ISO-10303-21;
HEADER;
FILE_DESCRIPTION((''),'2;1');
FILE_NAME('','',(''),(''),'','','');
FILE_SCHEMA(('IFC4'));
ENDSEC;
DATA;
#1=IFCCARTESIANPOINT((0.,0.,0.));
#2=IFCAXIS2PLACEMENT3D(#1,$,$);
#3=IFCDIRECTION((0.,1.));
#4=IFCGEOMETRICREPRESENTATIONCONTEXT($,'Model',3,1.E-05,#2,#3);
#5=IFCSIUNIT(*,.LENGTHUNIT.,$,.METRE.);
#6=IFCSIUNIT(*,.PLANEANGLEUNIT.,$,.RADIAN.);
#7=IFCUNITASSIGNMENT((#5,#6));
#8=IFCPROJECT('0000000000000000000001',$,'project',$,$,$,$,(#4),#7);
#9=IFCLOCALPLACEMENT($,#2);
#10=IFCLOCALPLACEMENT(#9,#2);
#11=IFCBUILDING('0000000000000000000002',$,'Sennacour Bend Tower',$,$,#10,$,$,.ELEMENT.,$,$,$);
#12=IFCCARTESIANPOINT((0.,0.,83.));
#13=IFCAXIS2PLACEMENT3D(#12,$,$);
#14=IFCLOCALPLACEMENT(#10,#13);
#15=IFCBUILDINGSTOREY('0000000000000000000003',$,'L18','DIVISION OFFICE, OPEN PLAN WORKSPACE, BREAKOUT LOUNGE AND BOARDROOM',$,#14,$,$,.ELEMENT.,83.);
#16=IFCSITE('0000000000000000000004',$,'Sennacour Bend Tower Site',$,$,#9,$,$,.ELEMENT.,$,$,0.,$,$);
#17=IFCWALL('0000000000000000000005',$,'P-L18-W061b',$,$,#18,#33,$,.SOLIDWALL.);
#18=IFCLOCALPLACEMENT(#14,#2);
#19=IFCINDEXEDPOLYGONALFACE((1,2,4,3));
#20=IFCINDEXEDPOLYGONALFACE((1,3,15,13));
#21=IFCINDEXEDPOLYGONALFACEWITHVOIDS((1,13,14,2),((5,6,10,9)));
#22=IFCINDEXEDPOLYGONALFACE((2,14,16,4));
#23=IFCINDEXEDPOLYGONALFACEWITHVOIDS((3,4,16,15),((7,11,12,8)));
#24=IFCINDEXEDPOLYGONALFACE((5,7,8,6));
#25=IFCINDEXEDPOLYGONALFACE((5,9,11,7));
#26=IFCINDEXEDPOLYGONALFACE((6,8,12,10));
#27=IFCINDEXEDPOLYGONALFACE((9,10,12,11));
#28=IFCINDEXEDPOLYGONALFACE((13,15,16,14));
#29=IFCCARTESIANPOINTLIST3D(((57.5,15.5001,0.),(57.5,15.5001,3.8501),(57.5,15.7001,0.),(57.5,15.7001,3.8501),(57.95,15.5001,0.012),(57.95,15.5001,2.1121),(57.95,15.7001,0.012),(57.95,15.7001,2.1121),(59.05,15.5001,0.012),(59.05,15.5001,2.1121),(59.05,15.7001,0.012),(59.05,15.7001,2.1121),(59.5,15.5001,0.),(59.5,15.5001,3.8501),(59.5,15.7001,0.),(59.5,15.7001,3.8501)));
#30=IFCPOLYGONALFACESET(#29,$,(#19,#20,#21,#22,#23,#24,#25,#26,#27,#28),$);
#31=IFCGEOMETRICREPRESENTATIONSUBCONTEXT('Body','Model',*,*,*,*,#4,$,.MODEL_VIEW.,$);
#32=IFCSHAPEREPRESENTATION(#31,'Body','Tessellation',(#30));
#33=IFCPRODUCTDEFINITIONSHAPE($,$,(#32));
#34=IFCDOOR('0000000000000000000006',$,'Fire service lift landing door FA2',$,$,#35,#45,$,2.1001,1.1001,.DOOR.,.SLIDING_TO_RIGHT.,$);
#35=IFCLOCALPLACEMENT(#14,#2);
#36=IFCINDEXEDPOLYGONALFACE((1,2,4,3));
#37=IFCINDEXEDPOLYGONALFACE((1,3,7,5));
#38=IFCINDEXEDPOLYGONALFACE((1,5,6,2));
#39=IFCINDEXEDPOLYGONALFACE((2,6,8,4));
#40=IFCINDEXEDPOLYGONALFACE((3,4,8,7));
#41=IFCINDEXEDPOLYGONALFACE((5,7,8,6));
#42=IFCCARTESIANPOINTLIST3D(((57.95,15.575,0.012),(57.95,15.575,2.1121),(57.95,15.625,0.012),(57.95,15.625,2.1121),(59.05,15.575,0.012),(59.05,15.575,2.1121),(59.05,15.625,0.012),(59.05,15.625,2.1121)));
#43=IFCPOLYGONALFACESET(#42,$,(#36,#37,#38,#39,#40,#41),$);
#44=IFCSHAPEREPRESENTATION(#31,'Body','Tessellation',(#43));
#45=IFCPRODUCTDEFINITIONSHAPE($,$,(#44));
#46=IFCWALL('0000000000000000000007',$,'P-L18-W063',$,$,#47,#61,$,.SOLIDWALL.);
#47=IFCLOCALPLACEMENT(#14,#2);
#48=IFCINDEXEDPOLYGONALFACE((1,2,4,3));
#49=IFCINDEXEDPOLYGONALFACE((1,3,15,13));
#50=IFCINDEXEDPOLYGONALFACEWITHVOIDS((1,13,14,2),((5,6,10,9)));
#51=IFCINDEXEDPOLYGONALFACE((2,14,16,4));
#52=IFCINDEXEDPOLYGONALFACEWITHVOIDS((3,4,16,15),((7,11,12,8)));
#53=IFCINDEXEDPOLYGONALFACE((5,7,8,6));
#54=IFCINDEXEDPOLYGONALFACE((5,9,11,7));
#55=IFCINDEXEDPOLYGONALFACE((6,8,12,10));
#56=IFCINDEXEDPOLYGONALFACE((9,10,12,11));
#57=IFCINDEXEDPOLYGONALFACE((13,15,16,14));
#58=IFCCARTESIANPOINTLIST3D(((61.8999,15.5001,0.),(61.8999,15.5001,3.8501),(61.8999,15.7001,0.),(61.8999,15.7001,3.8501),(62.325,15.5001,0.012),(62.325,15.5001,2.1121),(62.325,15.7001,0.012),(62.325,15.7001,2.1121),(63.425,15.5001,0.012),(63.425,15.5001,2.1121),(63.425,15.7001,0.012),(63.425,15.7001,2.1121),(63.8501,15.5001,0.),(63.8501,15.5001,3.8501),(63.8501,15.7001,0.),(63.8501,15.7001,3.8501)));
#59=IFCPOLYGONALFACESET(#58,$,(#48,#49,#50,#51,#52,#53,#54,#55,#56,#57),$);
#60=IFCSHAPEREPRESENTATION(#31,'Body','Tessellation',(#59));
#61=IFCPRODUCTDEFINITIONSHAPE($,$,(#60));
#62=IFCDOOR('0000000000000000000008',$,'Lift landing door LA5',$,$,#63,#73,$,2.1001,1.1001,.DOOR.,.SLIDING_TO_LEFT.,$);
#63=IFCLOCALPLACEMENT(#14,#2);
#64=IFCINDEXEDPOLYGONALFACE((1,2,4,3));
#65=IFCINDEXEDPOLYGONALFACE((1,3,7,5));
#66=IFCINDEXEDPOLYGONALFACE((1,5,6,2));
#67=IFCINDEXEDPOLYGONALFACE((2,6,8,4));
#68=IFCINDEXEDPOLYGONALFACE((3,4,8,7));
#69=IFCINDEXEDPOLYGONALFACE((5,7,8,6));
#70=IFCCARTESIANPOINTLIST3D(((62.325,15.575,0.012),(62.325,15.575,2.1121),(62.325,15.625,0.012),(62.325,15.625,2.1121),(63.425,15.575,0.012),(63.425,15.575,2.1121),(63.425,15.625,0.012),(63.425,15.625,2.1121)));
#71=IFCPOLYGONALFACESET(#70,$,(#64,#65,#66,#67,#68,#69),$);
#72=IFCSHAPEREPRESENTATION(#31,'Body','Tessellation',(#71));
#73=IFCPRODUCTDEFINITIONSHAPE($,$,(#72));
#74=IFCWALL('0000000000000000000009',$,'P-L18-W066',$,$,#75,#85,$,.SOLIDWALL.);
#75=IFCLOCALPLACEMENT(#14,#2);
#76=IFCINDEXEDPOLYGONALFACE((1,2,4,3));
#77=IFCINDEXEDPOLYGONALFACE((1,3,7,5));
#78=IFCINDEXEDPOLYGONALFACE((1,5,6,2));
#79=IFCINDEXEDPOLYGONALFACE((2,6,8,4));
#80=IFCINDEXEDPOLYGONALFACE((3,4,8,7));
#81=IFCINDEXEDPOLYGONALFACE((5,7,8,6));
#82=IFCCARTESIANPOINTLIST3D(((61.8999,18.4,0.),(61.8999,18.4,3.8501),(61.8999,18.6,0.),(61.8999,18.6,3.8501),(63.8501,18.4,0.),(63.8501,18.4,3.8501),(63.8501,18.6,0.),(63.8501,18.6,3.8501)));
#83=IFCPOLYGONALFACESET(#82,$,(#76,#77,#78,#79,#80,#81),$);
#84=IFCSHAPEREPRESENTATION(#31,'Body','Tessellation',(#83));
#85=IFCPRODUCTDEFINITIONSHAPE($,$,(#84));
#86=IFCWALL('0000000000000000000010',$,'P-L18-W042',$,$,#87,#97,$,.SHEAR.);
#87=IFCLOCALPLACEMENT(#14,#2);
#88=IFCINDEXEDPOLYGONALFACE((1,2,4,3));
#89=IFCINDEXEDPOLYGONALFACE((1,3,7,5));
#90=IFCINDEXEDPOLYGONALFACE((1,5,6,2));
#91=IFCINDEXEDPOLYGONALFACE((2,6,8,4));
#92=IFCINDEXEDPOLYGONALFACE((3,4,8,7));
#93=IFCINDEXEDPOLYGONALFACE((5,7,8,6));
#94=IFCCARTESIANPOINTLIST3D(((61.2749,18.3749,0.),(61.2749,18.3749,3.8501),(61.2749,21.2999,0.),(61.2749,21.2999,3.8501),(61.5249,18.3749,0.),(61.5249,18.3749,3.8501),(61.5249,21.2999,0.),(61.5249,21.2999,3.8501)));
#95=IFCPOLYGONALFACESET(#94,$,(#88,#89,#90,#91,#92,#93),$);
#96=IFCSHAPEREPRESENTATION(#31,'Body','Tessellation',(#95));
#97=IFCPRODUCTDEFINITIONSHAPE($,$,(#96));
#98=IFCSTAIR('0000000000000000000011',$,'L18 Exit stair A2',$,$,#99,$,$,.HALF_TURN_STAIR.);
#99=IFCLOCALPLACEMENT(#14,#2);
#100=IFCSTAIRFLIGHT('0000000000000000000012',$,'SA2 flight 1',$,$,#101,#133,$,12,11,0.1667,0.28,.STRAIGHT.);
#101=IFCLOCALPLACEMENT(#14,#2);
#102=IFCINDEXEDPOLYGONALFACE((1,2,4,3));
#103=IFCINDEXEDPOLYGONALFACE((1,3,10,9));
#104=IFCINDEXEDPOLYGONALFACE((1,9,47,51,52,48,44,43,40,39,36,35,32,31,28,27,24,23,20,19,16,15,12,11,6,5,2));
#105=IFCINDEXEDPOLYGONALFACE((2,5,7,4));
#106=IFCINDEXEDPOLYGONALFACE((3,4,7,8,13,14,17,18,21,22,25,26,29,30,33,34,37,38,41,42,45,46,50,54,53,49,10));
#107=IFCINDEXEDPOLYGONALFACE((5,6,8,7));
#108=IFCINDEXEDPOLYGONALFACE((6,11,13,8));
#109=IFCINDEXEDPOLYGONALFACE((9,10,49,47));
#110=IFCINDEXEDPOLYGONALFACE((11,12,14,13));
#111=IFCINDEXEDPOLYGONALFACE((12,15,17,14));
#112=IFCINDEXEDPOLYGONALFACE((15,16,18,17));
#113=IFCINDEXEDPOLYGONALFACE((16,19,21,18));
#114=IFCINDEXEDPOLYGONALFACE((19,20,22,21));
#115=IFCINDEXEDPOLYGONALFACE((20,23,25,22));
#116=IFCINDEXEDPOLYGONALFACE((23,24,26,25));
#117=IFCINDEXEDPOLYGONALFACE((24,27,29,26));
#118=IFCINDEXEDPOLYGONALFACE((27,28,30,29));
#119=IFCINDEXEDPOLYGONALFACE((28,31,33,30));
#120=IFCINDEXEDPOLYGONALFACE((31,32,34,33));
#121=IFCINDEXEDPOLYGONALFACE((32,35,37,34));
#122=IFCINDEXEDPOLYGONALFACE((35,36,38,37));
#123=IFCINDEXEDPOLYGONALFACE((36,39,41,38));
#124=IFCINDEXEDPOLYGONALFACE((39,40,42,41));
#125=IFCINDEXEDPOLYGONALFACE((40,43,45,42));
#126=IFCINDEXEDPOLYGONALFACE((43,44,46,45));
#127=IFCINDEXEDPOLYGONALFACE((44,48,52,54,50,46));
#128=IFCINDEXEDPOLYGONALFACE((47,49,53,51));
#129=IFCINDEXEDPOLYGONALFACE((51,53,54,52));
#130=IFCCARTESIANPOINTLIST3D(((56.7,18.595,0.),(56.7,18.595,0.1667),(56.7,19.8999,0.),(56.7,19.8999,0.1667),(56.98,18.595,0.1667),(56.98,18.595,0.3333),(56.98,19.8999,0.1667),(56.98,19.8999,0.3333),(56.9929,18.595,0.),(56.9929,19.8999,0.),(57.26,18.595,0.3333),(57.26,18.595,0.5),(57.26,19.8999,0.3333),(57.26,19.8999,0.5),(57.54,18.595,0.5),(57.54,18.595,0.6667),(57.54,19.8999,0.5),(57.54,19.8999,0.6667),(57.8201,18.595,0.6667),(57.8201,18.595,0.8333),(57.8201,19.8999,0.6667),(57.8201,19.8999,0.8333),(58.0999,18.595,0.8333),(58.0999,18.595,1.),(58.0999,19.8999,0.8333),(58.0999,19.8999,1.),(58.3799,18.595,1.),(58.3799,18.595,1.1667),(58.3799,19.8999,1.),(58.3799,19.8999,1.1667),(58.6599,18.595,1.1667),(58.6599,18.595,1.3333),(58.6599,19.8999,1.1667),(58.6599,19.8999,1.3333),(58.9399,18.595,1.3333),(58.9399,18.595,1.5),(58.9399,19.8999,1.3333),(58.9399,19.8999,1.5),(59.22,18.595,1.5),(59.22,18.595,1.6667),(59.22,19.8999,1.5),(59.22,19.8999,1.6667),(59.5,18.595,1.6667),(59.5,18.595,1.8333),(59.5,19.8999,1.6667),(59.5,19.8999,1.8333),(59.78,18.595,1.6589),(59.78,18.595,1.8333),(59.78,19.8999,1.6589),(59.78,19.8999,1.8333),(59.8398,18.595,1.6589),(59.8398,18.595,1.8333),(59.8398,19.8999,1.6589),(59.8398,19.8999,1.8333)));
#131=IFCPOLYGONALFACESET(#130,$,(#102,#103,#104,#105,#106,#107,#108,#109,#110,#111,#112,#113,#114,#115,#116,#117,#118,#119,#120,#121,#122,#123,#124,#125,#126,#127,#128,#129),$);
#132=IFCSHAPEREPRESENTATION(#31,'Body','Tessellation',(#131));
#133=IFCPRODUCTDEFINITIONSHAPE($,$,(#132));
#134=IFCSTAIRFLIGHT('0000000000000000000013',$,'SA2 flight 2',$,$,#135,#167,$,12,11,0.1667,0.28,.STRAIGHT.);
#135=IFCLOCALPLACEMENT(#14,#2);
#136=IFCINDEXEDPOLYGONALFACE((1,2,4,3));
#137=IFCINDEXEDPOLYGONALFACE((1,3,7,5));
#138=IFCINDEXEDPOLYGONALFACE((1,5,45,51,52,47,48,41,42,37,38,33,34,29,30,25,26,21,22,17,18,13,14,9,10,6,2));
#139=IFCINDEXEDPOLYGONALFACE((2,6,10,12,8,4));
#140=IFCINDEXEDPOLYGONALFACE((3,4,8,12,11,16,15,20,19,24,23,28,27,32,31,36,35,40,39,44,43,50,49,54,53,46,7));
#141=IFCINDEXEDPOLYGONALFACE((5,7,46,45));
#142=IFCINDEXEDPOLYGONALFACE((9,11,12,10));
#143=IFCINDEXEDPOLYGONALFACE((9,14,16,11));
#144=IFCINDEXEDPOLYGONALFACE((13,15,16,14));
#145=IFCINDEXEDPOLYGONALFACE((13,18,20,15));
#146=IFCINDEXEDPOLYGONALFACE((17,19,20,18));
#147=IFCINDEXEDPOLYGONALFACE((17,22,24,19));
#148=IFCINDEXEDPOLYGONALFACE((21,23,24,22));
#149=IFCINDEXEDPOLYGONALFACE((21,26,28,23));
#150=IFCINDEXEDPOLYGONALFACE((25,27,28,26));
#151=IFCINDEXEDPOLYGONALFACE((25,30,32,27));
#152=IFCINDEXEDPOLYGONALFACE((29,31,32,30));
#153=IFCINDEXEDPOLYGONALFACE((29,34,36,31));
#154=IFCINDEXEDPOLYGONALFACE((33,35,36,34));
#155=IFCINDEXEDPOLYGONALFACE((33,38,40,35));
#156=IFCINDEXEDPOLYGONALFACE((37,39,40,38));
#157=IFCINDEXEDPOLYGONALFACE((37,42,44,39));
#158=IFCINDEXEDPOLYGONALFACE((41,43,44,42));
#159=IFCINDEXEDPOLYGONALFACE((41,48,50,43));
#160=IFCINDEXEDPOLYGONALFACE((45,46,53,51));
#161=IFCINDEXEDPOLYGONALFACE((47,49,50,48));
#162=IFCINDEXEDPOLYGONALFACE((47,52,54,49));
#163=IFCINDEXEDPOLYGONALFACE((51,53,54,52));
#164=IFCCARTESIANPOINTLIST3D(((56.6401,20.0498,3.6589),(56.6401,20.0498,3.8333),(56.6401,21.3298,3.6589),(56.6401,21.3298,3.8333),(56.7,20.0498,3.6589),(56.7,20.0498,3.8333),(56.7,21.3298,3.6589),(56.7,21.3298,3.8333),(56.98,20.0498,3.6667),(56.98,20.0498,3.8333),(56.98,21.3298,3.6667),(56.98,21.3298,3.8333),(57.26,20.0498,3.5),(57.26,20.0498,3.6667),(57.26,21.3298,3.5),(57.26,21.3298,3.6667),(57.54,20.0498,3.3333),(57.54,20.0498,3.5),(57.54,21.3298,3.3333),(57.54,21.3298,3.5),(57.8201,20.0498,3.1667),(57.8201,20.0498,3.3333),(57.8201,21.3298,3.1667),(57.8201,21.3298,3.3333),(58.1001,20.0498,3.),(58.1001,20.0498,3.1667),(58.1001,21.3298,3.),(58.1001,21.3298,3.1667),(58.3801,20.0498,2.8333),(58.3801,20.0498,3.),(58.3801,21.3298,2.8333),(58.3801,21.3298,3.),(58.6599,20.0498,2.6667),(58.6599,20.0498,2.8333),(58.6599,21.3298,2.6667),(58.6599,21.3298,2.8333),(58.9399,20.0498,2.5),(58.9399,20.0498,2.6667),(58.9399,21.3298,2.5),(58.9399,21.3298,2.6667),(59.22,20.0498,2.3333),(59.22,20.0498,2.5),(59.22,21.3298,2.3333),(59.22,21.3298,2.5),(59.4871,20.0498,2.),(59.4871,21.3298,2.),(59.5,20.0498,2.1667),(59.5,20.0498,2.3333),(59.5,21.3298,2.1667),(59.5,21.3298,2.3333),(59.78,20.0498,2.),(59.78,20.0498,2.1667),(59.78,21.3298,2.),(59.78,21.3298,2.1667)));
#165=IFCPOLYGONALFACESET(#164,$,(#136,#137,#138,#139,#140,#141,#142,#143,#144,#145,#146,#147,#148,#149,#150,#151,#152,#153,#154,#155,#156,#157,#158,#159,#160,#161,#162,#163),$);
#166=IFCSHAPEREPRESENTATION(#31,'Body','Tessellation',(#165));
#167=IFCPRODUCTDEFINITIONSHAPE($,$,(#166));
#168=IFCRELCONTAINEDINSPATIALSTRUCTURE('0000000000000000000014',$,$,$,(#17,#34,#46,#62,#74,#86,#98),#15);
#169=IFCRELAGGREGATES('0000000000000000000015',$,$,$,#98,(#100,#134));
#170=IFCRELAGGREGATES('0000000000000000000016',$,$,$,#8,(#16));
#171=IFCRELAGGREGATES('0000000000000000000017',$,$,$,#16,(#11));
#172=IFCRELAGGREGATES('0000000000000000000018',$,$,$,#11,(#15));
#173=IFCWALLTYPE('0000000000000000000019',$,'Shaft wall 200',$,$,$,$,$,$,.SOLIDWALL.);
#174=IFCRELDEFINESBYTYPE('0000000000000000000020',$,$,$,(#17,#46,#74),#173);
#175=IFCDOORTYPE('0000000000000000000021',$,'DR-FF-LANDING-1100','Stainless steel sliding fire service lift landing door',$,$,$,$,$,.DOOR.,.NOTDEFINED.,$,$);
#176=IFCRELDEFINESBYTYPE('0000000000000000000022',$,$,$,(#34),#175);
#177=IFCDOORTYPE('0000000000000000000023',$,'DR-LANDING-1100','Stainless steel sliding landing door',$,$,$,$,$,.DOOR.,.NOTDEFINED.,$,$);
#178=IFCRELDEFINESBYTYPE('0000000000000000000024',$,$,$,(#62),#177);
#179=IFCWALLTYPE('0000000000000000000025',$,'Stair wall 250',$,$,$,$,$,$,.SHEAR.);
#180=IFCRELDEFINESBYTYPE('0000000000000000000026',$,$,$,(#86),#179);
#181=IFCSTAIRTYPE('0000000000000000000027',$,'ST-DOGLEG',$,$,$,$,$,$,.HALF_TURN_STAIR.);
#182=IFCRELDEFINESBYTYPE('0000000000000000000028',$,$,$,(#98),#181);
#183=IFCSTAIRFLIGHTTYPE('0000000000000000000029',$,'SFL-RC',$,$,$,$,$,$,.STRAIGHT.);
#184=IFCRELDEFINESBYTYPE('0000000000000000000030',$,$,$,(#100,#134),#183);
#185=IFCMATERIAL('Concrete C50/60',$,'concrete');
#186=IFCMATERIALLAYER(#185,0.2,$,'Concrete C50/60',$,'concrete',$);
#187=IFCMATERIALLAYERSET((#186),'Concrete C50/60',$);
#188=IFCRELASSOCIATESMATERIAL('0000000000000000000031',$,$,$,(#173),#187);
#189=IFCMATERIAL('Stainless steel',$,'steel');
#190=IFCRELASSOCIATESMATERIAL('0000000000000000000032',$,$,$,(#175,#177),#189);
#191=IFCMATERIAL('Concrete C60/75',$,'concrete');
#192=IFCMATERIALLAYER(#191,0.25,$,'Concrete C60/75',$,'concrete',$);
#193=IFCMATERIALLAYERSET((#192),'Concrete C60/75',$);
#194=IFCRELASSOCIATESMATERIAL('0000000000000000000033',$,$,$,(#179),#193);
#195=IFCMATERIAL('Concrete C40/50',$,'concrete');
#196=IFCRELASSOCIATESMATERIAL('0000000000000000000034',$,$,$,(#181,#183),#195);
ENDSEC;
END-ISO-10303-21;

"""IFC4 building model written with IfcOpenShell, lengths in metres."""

from ifc_helpers import new_model, si_unit, direction, frame, frame_2d, origin, place, context, subcontext, project, spatial, polyline, rectangle, outline, extrude, material, layer, layer_set, type_object, element, fill, aggregate, save


model = new_model("IFC4")

# Units and contexts
model_context = context("Model", 3, precision=1e-05, world=origin(), true_north=direction((0.0, 1.0)))
body_context = subcontext(model_context, "Body", "Model", "MODEL_VIEW")
ifc_project = project(units=[si_unit("LENGTHUNIT", "METRE"), si_unit("PLANEANGLEUNIT", "RADIAN")], contexts=[model_context])

# Site, building, storey
site_placement = place(None, origin())
site = spatial("IfcSite", under=ifc_project, at=site_placement, Name="Sennacour Bend Tower Site", CompositionType="ELEMENT", RefElevation=0.0)
building_placement = place(site_placement, origin())
building = spatial("IfcBuilding", under=site, at=building_placement, Name="Sennacour Bend Tower", CompositionType="ELEMENT")
storey_placement = place(building_placement, frame((0.0, 0.0, 83.0)))
storey = spatial("IfcBuildingStorey", under=building, at=storey_placement, Name="L18", Description="DIVISION OFFICE, OPEN PLAN WORKSPACE, BREAKOUT LOUNGE AND BOARDROOM", CompositionType="ELEMENT", Elevation=83.0)

# Shared definitions
ifc_material_1 = material(Name="Concrete C50/60", Category="concrete")
ifc_layer_1 = layer(ifc_material_1, 0.2, Name="Concrete C50/60", Category="concrete")
ifc_layer_set_1 = layer_set([ifc_layer_1], Name="Concrete C50/60")
wall_type_1 = type_object("IfcWallType", Name="Shaft wall 200", PredefinedType="SOLIDWALL", material=ifc_layer_set_1)

# Walls, openings, doors
wall_1_placement = place(storey_placement, frame((57.5, 15.6001, 0.0), z_axis=(0.0, 0.0, 1.0), x_axis=(1.0, 0.0, 0.0)))
wall_1 = element("IfcWall", 1, at=wall_1_placement, inside=storey, type_object=wall_type_1, Name="P-L18-W061b", PredefinedType="SOLIDWALL", context=body_context, shape_type="SweptSolid", body=[
    extrude(rectangle(XDim=2.0, YDim=0.2, at=frame_2d((1.0, 0.0))), origin(), (0.0, 0.0, 1.0), 3.8501),
])
opening_1_placement = place(wall_1_placement, frame((0.45, 0.0, 0.012)))
opening_1 = element("IfcOpeningElement", 2, at=opening_1_placement, cuts=wall_1, PredefinedType="OPENING", context=body_context, shape_type="SweptSolid", body=[
    extrude(rectangle(XDim=1.1001, YDim=2.1001, at=frame_2d((0.55, 1.05))), frame((0.0, 0.1099, 0.0), z_axis=(0.0, -1.0, 0.0), x_axis=(1.0, 0.0, 0.0)), (0.0, 0.0, 1.0), 0.22),
])
ifc_material_2 = material(Name="Stainless steel", Category="steel")
door_type_1 = type_object("IfcDoorType", Name="DR-FF-LANDING-1100", Description="Stainless steel sliding fire service lift landing door", OperationType="NOTDEFINED", PredefinedType="DOOR", material=ifc_material_2)
door_1_placement = place(opening_1_placement, origin())
door_1 = element("IfcDoor", 3, at=door_1_placement, inside=storey, type_object=door_type_1, Name="Fire service lift landing door FA2", OperationType="SLIDING_TO_RIGHT", OverallHeight=2.1001, OverallWidth=1.1001, PredefinedType="DOOR", context=body_context, shape_type="SweptSolid", body=[
    extrude(rectangle(XDim=1.1001, YDim=2.1001, at=frame_2d((0.55, 1.05))), frame((0.0, 0.0249, 0.0), z_axis=(0.0, -1.0, 0.0), x_axis=(1.0, 0.0, 0.0)), (0.0, 0.0, 1.0), 0.05),
])
fill(opening_1, door_1)
wall_2_placement = place(storey_placement, frame((61.8999, 15.6001, 0.0), z_axis=(0.0, 0.0, 1.0), x_axis=(1.0, 0.0, 0.0)))
wall_2 = element("IfcWall", 4, at=wall_2_placement, inside=storey, type_object=wall_type_1, Name="P-L18-W063", PredefinedType="SOLIDWALL", context=body_context, shape_type="SweptSolid", body=[
    extrude(rectangle(XDim=1.9502, YDim=0.2, at=frame_2d((0.9751, 0.0))), origin(), (0.0, 0.0, 1.0), 3.8501),
])
opening_2_placement = place(wall_2_placement, frame((0.425, 0.0, 0.012)))
opening_2 = element("IfcOpeningElement", 5, at=opening_2_placement, cuts=wall_2, PredefinedType="OPENING", context=body_context, shape_type="SweptSolid", body=[
    extrude(rectangle(XDim=1.1001, YDim=2.1001, at=frame_2d((0.55, 1.05))), frame((0.0, 0.1099, 0.0), z_axis=(0.0, -1.0, 0.0), x_axis=(1.0, 0.0, 0.0)), (0.0, 0.0, 1.0), 0.22),
])
door_type_2 = type_object("IfcDoorType", Name="DR-LANDING-1100", Description="Stainless steel sliding landing door", OperationType="NOTDEFINED", PredefinedType="DOOR", material=ifc_material_2)
door_2_placement = place(opening_2_placement, origin())
door_2 = element("IfcDoor", 6, at=door_2_placement, inside=storey, type_object=door_type_2, Name="Lift landing door LA5", OperationType="SLIDING_TO_LEFT", OverallHeight=2.1001, OverallWidth=1.1001, PredefinedType="DOOR", context=body_context, shape_type="SweptSolid", body=[
    extrude(rectangle(XDim=1.1001, YDim=2.1001, at=frame_2d((0.55, 1.05))), frame((0.0, 0.0249, 0.0), z_axis=(0.0, -1.0, 0.0), x_axis=(1.0, 0.0, 0.0)), (0.0, 0.0, 1.0), 0.05),
])
fill(opening_2, door_2)

# Walls
wall_3_placement = place(storey_placement, frame((61.8999, 18.5, 0.0), z_axis=(0.0, 0.0, 1.0), x_axis=(1.0, 0.0, 0.0)))
element("IfcWall", 7, at=wall_3_placement, inside=storey, type_object=wall_type_1, Name="P-L18-W066", PredefinedType="SOLIDWALL", context=body_context, shape_type="SweptSolid", body=[
    extrude(rectangle(XDim=1.9502, YDim=0.2, at=frame_2d((0.9751, 0.0))), origin(), (0.0, 0.0, 1.0), 3.8501),
])
ifc_material_3 = material(Name="Concrete C60/75", Category="concrete")
ifc_layer_2 = layer(ifc_material_3, 0.25, Name="Concrete C60/75", Category="concrete")
ifc_layer_set_2 = layer_set([ifc_layer_2], Name="Concrete C60/75")
wall_type_2 = type_object("IfcWallType", Name="Stair wall 250", PredefinedType="SHEAR", material=ifc_layer_set_2)
wall_4_placement = place(storey_placement, frame((61.3999, 18.375, 0.0), z_axis=(0.0, 0.0, 1.0), x_axis=(0.0, 1.0, 0.0)))
element("IfcWall", 8, at=wall_4_placement, inside=storey, type_object=wall_type_2, Name="P-L18-W042", PredefinedType="SHEAR", context=body_context, shape_type="SweptSolid", body=[
    extrude(rectangle(XDim=2.925, YDim=0.25, at=frame_2d((1.4624, 0.0))), origin(), (0.0, 0.0, 1.0), 3.8501),
])

# Stair, stair flights
ifc_material_4 = material(Name="Concrete C40/50", Category="concrete")
stair_type = type_object("IfcStairType", Name="ST-DOGLEG", PredefinedType="HALF_TURN_STAIR", material=ifc_material_4)
stair_placement = place(storey_placement, origin())
stair = element("IfcStair", 9, at=stair_placement, inside=storey, type_object=stair_type, Name="L18 Exit stair A2", PredefinedType="HALF_TURN_STAIR")
stair_flight_type = type_object("IfcStairFlightType", Name="SFL-RC", PredefinedType="STRAIGHT", material=ifc_material_4)
stair_flight_1_placement = place(storey_placement, frame((56.7, 19.2476, 0.0), z_axis=(0.0, 0.0, 1.0), x_axis=(1.0, 0.0, 0.0)))
stair_flight_1 = element("IfcStairFlight", 10, at=stair_flight_1_placement, type_object=stair_flight_type, Name="SA2 flight 1", NumberOfRisers=12, NumberOfTreads=11, PredefinedType="STRAIGHT", RiserHeight=0.1667, TreadLength=0.28, context=body_context, shape_type="SweptSolid", body=[
    extrude(outline(polyline([(0.0, 0.0), (0.0, 0.1667), (0.28, 0.1667), (0.28, 0.3333), (0.5601, 0.3333), (0.5601, 0.5), (0.8401, 0.5), (0.8401, 0.6667), (1.1201, 0.6667), (1.1201, 0.8333), (1.3999, 0.8333), (1.3999, 1.0), (1.6799, 1.0), (1.6799, 1.1667), (1.96, 1.1667), (1.96, 1.3333), (2.24, 1.3333), (2.24, 1.5), (2.52, 1.5), (2.52, 1.6667), (2.8, 1.6667), (2.8, 1.8333), (3.0801, 1.8333), (3.1399, 1.8333), (3.1399, 1.6589), (3.0801, 1.6589), (0.293, 0.0), (0.0, 0.0)])), frame((0.0, 0.6523, 0.0), z_axis=(0.0, -1.0, 0.0), x_axis=(1.0, 0.0, 0.0)), (0.0, 0.0, 1.0), 1.3049),
])
stair_flight_2_placement = place(storey_placement, frame((59.78, 20.6899, 2.0), z_axis=(0.0, 0.0, 1.0), x_axis=(-1.0, 0.0, 0.0)))
stair_flight_2 = element("IfcStairFlight", 11, at=stair_flight_2_placement, type_object=stair_flight_type, Name="SA2 flight 2", NumberOfRisers=12, NumberOfTreads=11, PredefinedType="STRAIGHT", RiserHeight=0.1667, TreadLength=0.28, context=body_context, shape_type="SweptSolid", body=[
    extrude(outline(polyline([(0.0, 0.0), (0.0, 0.1667), (0.28, 0.1667), (0.28, 0.3333), (0.5601, 0.3333), (0.5601, 0.5), (0.8401, 0.5), (0.8401, 0.6667), (1.1201, 0.6667), (1.1201, 0.8333), (1.3999, 0.8333), (1.3999, 1.0), (1.6799, 1.0), (1.6799, 1.1667), (1.96, 1.1667), (1.96, 1.3333), (2.24, 1.3333), (2.24, 1.5), (2.52, 1.5), (2.52, 1.6667), (2.8, 1.6667), (2.8, 1.8333), (3.0801, 1.8333), (3.1399, 1.8333), (3.1399, 1.6589), (3.0801, 1.6589), (0.293, 0.0), (0.0, 0.0)])), frame((0.0, 0.6401, 0.0), z_axis=(0.0, -1.0, 0.0), x_axis=(1.0, 0.0, 0.0)), (0.0, 0.0, 1.0), 1.28),
])
aggregate(stair, [stair_flight_1, stair_flight_2])

save(model, "model.ifc")
